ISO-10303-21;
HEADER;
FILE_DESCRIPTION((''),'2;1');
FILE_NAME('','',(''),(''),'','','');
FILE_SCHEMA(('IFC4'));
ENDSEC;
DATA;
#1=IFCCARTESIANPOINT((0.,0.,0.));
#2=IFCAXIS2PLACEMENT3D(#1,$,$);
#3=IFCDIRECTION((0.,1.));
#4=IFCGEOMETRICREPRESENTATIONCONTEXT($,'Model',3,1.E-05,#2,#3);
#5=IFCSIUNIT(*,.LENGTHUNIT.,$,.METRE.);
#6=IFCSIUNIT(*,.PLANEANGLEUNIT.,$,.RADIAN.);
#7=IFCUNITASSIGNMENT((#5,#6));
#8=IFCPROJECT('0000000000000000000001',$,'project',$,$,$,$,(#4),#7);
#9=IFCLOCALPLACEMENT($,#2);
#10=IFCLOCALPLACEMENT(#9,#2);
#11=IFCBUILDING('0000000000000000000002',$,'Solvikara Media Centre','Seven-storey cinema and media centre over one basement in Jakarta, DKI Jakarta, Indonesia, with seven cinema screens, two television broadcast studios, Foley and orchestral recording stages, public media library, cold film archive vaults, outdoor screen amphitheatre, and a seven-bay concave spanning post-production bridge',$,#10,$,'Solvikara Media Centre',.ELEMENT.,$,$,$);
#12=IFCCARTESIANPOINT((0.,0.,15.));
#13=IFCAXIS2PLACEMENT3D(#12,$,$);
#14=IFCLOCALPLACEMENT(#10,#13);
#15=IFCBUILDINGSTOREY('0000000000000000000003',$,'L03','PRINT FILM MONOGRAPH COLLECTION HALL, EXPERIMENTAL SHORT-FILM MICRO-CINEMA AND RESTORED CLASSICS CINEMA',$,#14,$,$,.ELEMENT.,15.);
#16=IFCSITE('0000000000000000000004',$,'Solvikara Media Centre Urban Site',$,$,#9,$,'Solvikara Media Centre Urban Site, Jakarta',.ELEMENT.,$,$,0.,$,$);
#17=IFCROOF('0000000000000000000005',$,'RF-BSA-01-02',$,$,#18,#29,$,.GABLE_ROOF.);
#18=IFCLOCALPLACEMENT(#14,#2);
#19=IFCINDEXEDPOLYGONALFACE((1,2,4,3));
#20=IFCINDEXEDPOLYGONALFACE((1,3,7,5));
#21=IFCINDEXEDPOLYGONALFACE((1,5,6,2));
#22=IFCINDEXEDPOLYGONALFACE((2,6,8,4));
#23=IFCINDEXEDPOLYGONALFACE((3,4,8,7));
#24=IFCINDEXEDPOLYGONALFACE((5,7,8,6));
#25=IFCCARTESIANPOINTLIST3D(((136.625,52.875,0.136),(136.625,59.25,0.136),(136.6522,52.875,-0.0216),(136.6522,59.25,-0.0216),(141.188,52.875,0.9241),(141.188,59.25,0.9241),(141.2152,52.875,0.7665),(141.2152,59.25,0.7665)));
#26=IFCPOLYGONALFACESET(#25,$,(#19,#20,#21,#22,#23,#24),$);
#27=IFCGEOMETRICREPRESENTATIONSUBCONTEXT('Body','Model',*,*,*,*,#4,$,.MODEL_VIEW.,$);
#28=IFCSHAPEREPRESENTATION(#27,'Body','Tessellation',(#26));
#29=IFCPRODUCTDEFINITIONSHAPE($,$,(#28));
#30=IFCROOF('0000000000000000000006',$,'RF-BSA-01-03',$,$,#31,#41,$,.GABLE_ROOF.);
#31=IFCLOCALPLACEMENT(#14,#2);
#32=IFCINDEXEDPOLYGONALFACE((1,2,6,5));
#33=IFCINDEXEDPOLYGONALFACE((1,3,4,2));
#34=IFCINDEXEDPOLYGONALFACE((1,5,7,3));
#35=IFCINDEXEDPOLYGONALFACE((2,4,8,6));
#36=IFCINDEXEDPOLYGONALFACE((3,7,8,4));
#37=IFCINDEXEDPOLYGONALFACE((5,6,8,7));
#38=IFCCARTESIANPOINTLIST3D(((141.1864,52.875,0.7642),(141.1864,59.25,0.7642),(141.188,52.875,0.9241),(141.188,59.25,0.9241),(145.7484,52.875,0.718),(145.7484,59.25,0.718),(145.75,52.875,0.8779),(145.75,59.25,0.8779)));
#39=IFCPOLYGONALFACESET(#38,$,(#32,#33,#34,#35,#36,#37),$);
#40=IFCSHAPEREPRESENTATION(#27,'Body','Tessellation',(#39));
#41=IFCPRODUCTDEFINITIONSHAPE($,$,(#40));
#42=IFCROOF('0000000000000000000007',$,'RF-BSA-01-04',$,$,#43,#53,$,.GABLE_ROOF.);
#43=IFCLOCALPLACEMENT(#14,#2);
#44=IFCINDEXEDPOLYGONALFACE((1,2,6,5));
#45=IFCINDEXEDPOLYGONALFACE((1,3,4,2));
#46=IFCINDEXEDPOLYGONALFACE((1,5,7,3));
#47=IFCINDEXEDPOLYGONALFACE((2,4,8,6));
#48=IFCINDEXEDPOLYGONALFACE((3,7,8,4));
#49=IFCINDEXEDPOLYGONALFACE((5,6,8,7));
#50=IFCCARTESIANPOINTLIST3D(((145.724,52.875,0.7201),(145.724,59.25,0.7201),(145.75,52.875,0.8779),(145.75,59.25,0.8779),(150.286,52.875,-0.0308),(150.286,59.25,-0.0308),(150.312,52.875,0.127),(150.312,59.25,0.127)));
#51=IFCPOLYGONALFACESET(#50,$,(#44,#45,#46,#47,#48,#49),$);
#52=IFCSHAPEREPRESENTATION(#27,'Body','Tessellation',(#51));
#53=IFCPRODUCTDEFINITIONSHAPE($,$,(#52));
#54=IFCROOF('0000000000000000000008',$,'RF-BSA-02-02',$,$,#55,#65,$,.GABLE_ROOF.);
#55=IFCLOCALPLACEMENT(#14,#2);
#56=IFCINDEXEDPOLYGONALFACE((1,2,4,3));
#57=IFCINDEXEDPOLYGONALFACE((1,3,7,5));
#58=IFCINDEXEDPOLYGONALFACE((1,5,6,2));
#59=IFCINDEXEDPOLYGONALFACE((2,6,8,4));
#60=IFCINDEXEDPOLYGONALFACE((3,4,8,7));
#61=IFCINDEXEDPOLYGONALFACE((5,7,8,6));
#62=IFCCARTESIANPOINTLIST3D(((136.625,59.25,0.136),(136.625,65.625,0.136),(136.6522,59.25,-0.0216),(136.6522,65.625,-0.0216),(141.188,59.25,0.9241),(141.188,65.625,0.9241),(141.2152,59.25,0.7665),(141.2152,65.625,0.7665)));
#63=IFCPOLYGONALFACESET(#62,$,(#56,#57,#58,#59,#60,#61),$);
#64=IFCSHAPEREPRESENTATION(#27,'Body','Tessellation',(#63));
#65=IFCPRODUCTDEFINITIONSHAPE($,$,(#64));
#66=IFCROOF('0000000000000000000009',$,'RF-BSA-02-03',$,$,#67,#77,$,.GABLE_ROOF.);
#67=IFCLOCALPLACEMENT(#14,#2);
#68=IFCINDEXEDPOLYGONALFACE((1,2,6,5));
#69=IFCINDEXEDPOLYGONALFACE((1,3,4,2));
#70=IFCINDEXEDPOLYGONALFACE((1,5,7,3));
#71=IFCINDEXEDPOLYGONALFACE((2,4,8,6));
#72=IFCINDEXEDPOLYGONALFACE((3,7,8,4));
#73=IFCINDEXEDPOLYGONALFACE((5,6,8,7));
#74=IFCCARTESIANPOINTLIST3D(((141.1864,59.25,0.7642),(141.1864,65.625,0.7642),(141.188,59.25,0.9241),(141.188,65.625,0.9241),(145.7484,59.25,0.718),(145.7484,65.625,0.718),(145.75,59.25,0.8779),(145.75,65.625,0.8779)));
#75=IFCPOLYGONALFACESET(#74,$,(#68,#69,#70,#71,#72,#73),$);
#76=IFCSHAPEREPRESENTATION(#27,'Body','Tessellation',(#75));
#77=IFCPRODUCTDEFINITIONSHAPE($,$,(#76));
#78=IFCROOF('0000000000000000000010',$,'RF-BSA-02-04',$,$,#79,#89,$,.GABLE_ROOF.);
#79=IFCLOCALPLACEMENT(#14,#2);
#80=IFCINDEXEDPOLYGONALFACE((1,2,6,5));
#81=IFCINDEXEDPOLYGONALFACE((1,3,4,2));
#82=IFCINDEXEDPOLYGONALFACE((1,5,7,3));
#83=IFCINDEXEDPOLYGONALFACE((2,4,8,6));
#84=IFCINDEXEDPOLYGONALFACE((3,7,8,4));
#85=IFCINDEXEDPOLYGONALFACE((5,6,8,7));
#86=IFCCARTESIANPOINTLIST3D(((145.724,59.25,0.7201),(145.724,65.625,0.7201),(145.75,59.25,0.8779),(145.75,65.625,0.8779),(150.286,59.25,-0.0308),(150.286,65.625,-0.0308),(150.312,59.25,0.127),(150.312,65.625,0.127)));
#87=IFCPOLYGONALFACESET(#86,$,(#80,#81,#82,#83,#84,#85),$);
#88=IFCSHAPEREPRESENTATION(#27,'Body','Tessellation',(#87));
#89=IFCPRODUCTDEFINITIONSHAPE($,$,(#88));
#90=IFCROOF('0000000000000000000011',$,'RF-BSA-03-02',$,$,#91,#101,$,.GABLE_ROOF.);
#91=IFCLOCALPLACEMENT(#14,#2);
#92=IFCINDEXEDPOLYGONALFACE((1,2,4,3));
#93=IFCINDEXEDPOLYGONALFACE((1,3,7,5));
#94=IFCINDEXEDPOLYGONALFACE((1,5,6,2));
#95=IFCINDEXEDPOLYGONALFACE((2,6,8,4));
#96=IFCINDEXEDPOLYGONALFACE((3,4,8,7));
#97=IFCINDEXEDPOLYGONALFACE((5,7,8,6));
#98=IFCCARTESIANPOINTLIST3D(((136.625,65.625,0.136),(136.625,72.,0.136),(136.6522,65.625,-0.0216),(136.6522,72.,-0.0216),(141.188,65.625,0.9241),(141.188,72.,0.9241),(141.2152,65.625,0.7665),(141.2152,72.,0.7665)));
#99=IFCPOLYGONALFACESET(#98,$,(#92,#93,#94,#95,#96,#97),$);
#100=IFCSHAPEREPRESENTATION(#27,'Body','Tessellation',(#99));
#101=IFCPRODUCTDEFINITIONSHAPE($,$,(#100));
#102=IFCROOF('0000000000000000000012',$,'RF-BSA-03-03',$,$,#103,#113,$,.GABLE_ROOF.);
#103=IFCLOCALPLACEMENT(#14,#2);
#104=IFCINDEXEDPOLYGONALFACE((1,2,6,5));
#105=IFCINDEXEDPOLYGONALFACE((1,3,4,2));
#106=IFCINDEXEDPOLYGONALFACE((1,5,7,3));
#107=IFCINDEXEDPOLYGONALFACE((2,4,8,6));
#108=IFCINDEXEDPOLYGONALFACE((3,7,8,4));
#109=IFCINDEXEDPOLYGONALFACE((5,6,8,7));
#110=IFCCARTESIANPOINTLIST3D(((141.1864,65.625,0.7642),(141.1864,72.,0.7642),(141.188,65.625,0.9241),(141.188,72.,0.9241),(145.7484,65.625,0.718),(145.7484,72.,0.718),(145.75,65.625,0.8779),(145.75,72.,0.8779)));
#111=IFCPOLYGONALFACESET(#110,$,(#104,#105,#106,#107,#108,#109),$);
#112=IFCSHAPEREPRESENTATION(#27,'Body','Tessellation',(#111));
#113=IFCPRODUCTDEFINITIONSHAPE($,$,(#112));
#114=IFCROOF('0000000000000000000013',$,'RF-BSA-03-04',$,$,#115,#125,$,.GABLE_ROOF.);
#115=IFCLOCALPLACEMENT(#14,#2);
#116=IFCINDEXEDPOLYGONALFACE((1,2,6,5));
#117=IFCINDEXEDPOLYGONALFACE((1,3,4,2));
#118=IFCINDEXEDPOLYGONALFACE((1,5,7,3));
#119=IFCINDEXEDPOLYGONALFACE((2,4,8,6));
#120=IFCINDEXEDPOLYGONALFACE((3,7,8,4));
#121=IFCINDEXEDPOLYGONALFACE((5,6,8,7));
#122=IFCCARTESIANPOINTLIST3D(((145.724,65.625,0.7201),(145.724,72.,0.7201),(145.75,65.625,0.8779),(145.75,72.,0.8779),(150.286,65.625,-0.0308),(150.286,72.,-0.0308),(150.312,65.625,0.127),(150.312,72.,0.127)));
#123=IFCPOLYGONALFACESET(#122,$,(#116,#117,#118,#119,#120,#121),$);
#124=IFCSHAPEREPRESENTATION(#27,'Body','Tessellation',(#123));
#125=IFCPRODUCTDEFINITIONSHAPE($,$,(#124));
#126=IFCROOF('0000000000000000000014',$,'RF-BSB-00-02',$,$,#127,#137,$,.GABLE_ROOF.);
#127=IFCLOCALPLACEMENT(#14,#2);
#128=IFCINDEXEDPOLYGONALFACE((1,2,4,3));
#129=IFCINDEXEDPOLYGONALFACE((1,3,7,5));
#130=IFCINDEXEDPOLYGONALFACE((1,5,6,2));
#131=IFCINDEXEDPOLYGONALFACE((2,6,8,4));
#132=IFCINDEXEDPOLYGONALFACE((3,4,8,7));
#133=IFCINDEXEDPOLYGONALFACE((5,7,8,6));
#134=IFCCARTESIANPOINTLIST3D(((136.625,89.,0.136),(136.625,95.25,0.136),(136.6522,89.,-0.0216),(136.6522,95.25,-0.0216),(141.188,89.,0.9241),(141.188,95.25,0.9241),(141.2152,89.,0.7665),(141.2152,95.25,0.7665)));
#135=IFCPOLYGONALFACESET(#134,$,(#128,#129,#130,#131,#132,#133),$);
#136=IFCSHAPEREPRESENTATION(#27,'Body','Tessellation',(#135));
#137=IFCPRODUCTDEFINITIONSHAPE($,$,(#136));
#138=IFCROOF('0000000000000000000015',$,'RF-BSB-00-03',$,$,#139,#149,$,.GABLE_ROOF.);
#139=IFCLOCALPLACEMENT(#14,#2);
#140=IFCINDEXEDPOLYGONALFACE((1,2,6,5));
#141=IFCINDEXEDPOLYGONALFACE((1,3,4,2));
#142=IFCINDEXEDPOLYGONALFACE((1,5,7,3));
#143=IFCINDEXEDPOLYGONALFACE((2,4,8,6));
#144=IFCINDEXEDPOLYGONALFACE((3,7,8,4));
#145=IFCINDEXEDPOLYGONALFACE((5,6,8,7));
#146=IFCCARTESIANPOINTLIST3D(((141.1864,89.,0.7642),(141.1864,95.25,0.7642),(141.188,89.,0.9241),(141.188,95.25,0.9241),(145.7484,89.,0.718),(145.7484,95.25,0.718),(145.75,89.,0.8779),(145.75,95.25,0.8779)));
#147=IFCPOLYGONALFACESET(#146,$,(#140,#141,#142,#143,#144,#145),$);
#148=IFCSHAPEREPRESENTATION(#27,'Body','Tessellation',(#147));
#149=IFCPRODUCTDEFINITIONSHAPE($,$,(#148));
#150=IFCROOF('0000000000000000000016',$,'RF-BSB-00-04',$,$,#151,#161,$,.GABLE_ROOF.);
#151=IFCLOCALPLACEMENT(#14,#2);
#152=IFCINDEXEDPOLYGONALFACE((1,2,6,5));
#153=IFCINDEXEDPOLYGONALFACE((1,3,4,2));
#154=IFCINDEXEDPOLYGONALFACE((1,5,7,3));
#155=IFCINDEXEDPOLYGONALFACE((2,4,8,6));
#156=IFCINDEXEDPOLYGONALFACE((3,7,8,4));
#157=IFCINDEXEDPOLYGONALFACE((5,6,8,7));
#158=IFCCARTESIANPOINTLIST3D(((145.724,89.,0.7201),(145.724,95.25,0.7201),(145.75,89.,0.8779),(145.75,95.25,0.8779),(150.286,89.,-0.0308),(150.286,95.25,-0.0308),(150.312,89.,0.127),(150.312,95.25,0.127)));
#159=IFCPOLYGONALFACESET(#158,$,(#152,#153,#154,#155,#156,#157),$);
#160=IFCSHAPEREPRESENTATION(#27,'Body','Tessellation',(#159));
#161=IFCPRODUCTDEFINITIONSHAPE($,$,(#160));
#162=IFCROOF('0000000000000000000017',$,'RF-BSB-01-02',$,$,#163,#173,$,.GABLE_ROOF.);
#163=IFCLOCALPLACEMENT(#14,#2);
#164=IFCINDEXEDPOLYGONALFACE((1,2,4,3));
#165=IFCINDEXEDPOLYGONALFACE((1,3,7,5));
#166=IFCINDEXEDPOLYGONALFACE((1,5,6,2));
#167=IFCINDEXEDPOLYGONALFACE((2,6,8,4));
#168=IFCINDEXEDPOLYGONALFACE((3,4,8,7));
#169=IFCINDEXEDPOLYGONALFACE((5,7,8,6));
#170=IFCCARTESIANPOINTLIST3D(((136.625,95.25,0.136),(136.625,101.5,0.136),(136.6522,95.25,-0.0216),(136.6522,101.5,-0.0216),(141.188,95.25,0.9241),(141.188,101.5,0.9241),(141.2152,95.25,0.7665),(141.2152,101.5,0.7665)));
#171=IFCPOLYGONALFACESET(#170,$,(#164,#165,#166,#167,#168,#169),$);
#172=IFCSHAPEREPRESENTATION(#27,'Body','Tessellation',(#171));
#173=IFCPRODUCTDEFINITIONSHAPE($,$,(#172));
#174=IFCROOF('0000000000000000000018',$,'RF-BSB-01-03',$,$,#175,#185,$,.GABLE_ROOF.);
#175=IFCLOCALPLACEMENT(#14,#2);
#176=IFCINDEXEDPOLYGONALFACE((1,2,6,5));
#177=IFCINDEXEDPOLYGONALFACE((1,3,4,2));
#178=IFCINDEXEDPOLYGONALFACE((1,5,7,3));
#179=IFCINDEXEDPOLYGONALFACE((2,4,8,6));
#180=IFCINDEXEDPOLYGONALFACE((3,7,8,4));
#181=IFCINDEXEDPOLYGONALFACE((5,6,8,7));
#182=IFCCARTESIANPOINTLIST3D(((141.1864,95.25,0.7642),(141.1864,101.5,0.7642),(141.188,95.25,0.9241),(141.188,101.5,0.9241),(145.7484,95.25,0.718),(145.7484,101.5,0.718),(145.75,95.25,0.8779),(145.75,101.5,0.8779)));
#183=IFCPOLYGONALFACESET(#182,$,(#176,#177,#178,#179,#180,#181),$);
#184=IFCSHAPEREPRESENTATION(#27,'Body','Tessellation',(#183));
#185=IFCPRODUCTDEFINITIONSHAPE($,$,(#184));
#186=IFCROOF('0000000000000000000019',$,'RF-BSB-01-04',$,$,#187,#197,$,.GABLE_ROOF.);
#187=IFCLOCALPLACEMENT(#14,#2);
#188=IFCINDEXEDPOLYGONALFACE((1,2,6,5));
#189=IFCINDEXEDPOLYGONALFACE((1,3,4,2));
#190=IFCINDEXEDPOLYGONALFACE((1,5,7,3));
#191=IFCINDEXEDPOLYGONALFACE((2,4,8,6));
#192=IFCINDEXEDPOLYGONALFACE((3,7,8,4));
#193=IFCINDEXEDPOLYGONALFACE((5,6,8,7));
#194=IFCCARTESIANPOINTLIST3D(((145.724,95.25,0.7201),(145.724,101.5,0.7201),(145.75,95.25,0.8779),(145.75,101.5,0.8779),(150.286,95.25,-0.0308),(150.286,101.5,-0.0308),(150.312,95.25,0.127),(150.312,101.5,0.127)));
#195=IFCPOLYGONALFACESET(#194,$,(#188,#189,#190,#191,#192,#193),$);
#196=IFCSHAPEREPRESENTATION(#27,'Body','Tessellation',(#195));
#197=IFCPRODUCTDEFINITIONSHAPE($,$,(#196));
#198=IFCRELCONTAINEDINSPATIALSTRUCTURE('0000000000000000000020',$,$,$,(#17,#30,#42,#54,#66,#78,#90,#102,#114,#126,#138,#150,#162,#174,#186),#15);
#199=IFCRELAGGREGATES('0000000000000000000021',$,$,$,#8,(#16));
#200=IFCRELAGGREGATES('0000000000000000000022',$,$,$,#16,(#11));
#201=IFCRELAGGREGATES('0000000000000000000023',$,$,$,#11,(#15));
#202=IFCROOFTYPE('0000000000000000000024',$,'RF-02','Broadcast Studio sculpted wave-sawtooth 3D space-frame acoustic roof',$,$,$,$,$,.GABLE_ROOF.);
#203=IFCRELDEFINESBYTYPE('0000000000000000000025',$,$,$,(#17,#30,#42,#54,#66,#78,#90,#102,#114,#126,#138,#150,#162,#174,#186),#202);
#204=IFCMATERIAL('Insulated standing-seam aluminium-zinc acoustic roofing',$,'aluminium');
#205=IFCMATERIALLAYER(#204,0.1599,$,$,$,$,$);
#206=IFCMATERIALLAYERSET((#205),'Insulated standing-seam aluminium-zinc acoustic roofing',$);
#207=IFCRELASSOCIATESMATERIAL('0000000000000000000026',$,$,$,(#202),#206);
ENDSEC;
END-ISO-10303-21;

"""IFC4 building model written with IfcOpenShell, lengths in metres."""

from ifc_helpers import new_model, si_unit, direction, frame, origin, place, context, subcontext, project, spatial, polyline, outline, extrude, material, layer, layer_set, type_object, element, save


model = new_model("IFC4")

# Units and contexts
model_context = context("Model", 3, precision=1e-05, world=origin(), true_north=direction((0.0, 1.0)))
body_context = subcontext(model_context, "Body", "Model", "MODEL_VIEW")
ifc_project = project(units=[si_unit("LENGTHUNIT", "METRE"), si_unit("PLANEANGLEUNIT", "RADIAN")], contexts=[model_context])

# Site, building, storey
site_placement = place(None, origin())
site = spatial("IfcSite", under=ifc_project, at=site_placement, Name="Solvikara Media Centre Urban Site", LongName="Solvikara Media Centre Urban Site, Jakarta", CompositionType="ELEMENT", RefElevation=0.0)
building_placement = place(site_placement, origin())
building = spatial("IfcBuilding", under=site, at=building_placement, Name="Solvikara Media Centre", Description="Seven-storey cinema and media centre over one basement in Jakarta, DKI Jakarta, Indonesia, with seven cinema screens, two television broadcast studios, Foley and orchestral recording stages, public media library, cold film archive vaults, outdoor screen amphitheatre, and a seven-bay concave spanning post-production bridge", LongName="Solvikara Media Centre", CompositionType="ELEMENT")
storey_placement = place(building_placement, frame((0.0, 0.0, 15.0)))
storey = spatial("IfcBuildingStorey", under=building, at=storey_placement, Name="L03", Description="PRINT FILM MONOGRAPH COLLECTION HALL, EXPERIMENTAL SHORT-FILM MICRO-CINEMA AND RESTORED CLASSICS CINEMA", CompositionType="ELEMENT", Elevation=15.0)

# Roofs
ifc_material_1 = material(Name="Insulated standing-seam aluminium-zinc acoustic roofing", Category="aluminium")
ifc_layer_1 = layer(ifc_material_1, 0.1599)
ifc_layer_set_1 = layer_set([ifc_layer_1], Name="Insulated standing-seam aluminium-zinc acoustic roofing")
roof_type = type_object("IfcRoofType", Name="RF-02", Description="Broadcast Studio sculpted wave-sawtooth 3D space-frame acoustic roof", PredefinedType="GABLE_ROOF", material=ifc_layer_set_1)
roof_1_placement = place(storey_placement, frame((136.625, 52.875, 0.136), z_axis=(-0.170193, 0.0, 0.985411), x_axis=(0.985411, 0.0, 0.170193)))
element("IfcRoof", 1, at=roof_1_placement, inside=storey, type_object=roof_type, Name="RF-BSA-01-02", PredefinedType="GABLE_ROOF", context=body_context, shape_type="SweptSolid", body=[
    extrude(outline(polyline([(0.0, 0.0), (4.6305, 0.0), (4.6305, 6.375), (0.0, 6.375), (0.0, 0.0)])), origin(), (0.0, 0.0, -1.0), 0.1599),
])
roof_2_placement = place(storey_placement, frame((141.188, 52.875, 0.9241), z_axis=(0.010114, 0.0, 0.999949), x_axis=(0.999949, 0.0, -0.010114)))
element("IfcRoof", 2, at=roof_2_placement, inside=storey, type_object=roof_type, Name="RF-BSA-01-03", PredefinedType="GABLE_ROOF", context=body_context, shape_type="SweptSolid", body=[
    extrude(outline(polyline([(0.0, 0.0), (4.5622, 0.0), (4.5622, 6.375), (0.0, 6.375), (0.0, 0.0)])), origin(), (0.0, 0.0, -1.0), 0.1599),
])
roof_3_placement = place(storey_placement, frame((145.75, 52.875, 0.8779), z_axis=(0.162429, 0.0, 0.98672), x_axis=(0.98672, 0.0, -0.162429)))
element("IfcRoof", 3, at=roof_3_placement, inside=storey, type_object=roof_type, Name="RF-BSA-01-04", PredefinedType="GABLE_ROOF", context=body_context, shape_type="SweptSolid", body=[
    extrude(outline(polyline([(0.0, 0.0), (4.6234, 0.0), (4.6234, 6.375), (0.0, 6.375), (0.0, 0.0)])), origin(), (0.0, 0.0, -1.0), 0.1599),
])
roof_4_placement = place(storey_placement, frame((136.625, 59.25, 0.136), z_axis=(-0.170193, 0.0, 0.985411), x_axis=(0.985411, 0.0, 0.170193)))
element("IfcRoof", 4, at=roof_4_placement, inside=storey, type_object=roof_type, Name="RF-BSA-02-02", PredefinedType="GABLE_ROOF", context=body_context, shape_type="SweptSolid", body=[
    extrude(outline(polyline([(0.0, 0.0), (4.6305, 0.0), (4.6305, 6.375), (0.0, 6.375), (0.0, 0.0)])), origin(), (0.0, 0.0, -1.0), 0.1599),
])
roof_5_placement = place(storey_placement, frame((141.188, 59.25, 0.9241), z_axis=(0.010114, 0.0, 0.999949), x_axis=(0.999949, 0.0, -0.010114)))
element("IfcRoof", 5, at=roof_5_placement, inside=storey, type_object=roof_type, Name="RF-BSA-02-03", PredefinedType="GABLE_ROOF", context=body_context, shape_type="SweptSolid", body=[
    extrude(outline(polyline([(0.0, 0.0), (4.5622, 0.0), (4.5622, 6.375), (0.0, 6.375), (0.0, 0.0)])), origin(), (0.0, 0.0, -1.0), 0.1599),
])
roof_6_placement = place(storey_placement, frame((145.75, 59.25, 0.8779), z_axis=(0.162429, 0.0, 0.98672), x_axis=(0.98672, 0.0, -0.162429)))
element("IfcRoof", 6, at=roof_6_placement, inside=storey, type_object=roof_type, Name="RF-BSA-02-04", PredefinedType="GABLE_ROOF", context=body_context, shape_type="SweptSolid", body=[
    extrude(outline(polyline([(0.0, 0.0), (4.6234, 0.0), (4.6234, 6.375), (0.0, 6.375), (0.0, 0.0)])), origin(), (0.0, 0.0, -1.0), 0.1599),
])
roof_7_placement = place(storey_placement, frame((136.625, 65.625, 0.136), z_axis=(-0.170193, 0.0, 0.985411), x_axis=(0.985411, 0.0, 0.170193)))
element("IfcRoof", 7, at=roof_7_placement, inside=storey, type_object=roof_type, Name="RF-BSA-03-02", PredefinedType="GABLE_ROOF", context=body_context, shape_type="SweptSolid", body=[
    extrude(outline(polyline([(0.0, 0.0), (4.6305, 0.0), (4.6305, 6.375), (0.0, 6.375), (0.0, 0.0)])), origin(), (0.0, 0.0, -1.0), 0.1599),
])
roof_8_placement = place(storey_placement, frame((141.188, 65.625, 0.9241), z_axis=(0.010114, 0.0, 0.999949), x_axis=(0.999949, 0.0, -0.010114)))
element("IfcRoof", 8, at=roof_8_placement, inside=storey, type_object=roof_type, Name="RF-BSA-03-03", PredefinedType="GABLE_ROOF", context=body_context, shape_type="SweptSolid", body=[
    extrude(outline(polyline([(0.0, 0.0), (4.5622, 0.0), (4.5622, 6.375), (0.0, 6.375), (0.0, 0.0)])), origin(), (0.0, 0.0, -1.0), 0.1599),
])
roof_9_placement = place(storey_placement, frame((145.75, 65.625, 0.8779), z_axis=(0.162429, 0.0, 0.98672), x_axis=(0.98672, 0.0, -0.162429)))
element("IfcRoof", 9, at=roof_9_placement, inside=storey, type_object=roof_type, Name="RF-BSA-03-04", PredefinedType="GABLE_ROOF", context=body_context, shape_type="SweptSolid", body=[
    extrude(outline(polyline([(0.0, 0.0), (4.6234, 0.0), (4.6234, 6.375), (0.0, 6.375), (0.0, 0.0)])), origin(), (0.0, 0.0, -1.0), 0.1599),
])
roof_10_placement = place(storey_placement, frame((136.625, 89.0, 0.136), z_axis=(-0.170193, 0.0, 0.985411), x_axis=(0.985411, 0.0, 0.170193)))
element("IfcRoof", 10, at=roof_10_placement, inside=storey, type_object=roof_type, Name="RF-BSB-00-02", PredefinedType="GABLE_ROOF", context=body_context, shape_type="SweptSolid", body=[
    extrude(outline(polyline([(0.0, 0.0), (4.6305, 0.0), (4.6305, 6.25), (0.0, 6.25), (0.0, 0.0)])), origin(), (0.0, 0.0, -1.0), 0.1599),
])
roof_11_placement = place(storey_placement, frame((141.188, 89.0, 0.9241), z_axis=(0.010114, 0.0, 0.999949), x_axis=(0.999949, 0.0, -0.010114)))
element("IfcRoof", 11, at=roof_11_placement, inside=storey, type_object=roof_type, Name="RF-BSB-00-03", PredefinedType="GABLE_ROOF", context=body_context, shape_type="SweptSolid", body=[
    extrude(outline(polyline([(0.0, 0.0), (4.5622, 0.0), (4.5622, 6.25), (0.0, 6.25), (0.0, 0.0)])), origin(), (0.0, 0.0, -1.0), 0.1599),
])
roof_12_placement = place(storey_placement, frame((145.75, 89.0, 0.8779), z_axis=(0.162429, 0.0, 0.98672), x_axis=(0.98672, 0.0, -0.162429)))
element("IfcRoof", 12, at=roof_12_placement, inside=storey, type_object=roof_type, Name="RF-BSB-00-04", PredefinedType="GABLE_ROOF", context=body_context, shape_type="SweptSolid", body=[
    extrude(outline(polyline([(0.0, 0.0), (4.6234, 0.0), (4.6234, 6.25), (0.0, 6.25), (0.0, 0.0)])), origin(), (0.0, 0.0, -1.0), 0.1599),
])
roof_13_placement = place(storey_placement, frame((136.625, 95.25, 0.136), z_axis=(-0.170193, 0.0, 0.985411), x_axis=(0.985411, 0.0, 0.170193)))
element("IfcRoof", 13, at=roof_13_placement, inside=storey, type_object=roof_type, Name="RF-BSB-01-02", PredefinedType="GABLE_ROOF", context=body_context, shape_type="SweptSolid", body=[
    extrude(outline(polyline([(0.0, 0.0), (4.6305, 0.0), (4.6305, 6.25), (0.0, 6.25), (0.0, 0.0)])), origin(), (0.0, 0.0, -1.0), 0.1599),
])
roof_14_placement = place(storey_placement, frame((141.188, 95.25, 0.9241), z_axis=(0.010114, 0.0, 0.999949), x_axis=(0.999949, 0.0, -0.010114)))
element("IfcRoof", 14, at=roof_14_placement, inside=storey, type_object=roof_type, Name="RF-BSB-01-03", PredefinedType="GABLE_ROOF", context=body_context, shape_type="SweptSolid", body=[
    extrude(outline(polyline([(0.0, 0.0), (4.5622, 0.0), (4.5622, 6.25), (0.0, 6.25), (0.0, 0.0)])), origin(), (0.0, 0.0, -1.0), 0.1599),
])
roof_15_placement = place(storey_placement, frame((145.75, 95.25, 0.8779), z_axis=(0.162429, 0.0, 0.98672), x_axis=(0.98672, 0.0, -0.162429)))
element("IfcRoof", 15, at=roof_15_placement, inside=storey, type_object=roof_type, Name="RF-BSB-01-04", PredefinedType="GABLE_ROOF", context=body_context, shape_type="SweptSolid", body=[
    extrude(outline(polyline([(0.0, 0.0), (4.6234, 0.0), (4.6234, 6.25), (0.0, 6.25), (0.0, 0.0)])), origin(), (0.0, 0.0, -1.0), 0.1599),
])

save(model, "model.ifc")
